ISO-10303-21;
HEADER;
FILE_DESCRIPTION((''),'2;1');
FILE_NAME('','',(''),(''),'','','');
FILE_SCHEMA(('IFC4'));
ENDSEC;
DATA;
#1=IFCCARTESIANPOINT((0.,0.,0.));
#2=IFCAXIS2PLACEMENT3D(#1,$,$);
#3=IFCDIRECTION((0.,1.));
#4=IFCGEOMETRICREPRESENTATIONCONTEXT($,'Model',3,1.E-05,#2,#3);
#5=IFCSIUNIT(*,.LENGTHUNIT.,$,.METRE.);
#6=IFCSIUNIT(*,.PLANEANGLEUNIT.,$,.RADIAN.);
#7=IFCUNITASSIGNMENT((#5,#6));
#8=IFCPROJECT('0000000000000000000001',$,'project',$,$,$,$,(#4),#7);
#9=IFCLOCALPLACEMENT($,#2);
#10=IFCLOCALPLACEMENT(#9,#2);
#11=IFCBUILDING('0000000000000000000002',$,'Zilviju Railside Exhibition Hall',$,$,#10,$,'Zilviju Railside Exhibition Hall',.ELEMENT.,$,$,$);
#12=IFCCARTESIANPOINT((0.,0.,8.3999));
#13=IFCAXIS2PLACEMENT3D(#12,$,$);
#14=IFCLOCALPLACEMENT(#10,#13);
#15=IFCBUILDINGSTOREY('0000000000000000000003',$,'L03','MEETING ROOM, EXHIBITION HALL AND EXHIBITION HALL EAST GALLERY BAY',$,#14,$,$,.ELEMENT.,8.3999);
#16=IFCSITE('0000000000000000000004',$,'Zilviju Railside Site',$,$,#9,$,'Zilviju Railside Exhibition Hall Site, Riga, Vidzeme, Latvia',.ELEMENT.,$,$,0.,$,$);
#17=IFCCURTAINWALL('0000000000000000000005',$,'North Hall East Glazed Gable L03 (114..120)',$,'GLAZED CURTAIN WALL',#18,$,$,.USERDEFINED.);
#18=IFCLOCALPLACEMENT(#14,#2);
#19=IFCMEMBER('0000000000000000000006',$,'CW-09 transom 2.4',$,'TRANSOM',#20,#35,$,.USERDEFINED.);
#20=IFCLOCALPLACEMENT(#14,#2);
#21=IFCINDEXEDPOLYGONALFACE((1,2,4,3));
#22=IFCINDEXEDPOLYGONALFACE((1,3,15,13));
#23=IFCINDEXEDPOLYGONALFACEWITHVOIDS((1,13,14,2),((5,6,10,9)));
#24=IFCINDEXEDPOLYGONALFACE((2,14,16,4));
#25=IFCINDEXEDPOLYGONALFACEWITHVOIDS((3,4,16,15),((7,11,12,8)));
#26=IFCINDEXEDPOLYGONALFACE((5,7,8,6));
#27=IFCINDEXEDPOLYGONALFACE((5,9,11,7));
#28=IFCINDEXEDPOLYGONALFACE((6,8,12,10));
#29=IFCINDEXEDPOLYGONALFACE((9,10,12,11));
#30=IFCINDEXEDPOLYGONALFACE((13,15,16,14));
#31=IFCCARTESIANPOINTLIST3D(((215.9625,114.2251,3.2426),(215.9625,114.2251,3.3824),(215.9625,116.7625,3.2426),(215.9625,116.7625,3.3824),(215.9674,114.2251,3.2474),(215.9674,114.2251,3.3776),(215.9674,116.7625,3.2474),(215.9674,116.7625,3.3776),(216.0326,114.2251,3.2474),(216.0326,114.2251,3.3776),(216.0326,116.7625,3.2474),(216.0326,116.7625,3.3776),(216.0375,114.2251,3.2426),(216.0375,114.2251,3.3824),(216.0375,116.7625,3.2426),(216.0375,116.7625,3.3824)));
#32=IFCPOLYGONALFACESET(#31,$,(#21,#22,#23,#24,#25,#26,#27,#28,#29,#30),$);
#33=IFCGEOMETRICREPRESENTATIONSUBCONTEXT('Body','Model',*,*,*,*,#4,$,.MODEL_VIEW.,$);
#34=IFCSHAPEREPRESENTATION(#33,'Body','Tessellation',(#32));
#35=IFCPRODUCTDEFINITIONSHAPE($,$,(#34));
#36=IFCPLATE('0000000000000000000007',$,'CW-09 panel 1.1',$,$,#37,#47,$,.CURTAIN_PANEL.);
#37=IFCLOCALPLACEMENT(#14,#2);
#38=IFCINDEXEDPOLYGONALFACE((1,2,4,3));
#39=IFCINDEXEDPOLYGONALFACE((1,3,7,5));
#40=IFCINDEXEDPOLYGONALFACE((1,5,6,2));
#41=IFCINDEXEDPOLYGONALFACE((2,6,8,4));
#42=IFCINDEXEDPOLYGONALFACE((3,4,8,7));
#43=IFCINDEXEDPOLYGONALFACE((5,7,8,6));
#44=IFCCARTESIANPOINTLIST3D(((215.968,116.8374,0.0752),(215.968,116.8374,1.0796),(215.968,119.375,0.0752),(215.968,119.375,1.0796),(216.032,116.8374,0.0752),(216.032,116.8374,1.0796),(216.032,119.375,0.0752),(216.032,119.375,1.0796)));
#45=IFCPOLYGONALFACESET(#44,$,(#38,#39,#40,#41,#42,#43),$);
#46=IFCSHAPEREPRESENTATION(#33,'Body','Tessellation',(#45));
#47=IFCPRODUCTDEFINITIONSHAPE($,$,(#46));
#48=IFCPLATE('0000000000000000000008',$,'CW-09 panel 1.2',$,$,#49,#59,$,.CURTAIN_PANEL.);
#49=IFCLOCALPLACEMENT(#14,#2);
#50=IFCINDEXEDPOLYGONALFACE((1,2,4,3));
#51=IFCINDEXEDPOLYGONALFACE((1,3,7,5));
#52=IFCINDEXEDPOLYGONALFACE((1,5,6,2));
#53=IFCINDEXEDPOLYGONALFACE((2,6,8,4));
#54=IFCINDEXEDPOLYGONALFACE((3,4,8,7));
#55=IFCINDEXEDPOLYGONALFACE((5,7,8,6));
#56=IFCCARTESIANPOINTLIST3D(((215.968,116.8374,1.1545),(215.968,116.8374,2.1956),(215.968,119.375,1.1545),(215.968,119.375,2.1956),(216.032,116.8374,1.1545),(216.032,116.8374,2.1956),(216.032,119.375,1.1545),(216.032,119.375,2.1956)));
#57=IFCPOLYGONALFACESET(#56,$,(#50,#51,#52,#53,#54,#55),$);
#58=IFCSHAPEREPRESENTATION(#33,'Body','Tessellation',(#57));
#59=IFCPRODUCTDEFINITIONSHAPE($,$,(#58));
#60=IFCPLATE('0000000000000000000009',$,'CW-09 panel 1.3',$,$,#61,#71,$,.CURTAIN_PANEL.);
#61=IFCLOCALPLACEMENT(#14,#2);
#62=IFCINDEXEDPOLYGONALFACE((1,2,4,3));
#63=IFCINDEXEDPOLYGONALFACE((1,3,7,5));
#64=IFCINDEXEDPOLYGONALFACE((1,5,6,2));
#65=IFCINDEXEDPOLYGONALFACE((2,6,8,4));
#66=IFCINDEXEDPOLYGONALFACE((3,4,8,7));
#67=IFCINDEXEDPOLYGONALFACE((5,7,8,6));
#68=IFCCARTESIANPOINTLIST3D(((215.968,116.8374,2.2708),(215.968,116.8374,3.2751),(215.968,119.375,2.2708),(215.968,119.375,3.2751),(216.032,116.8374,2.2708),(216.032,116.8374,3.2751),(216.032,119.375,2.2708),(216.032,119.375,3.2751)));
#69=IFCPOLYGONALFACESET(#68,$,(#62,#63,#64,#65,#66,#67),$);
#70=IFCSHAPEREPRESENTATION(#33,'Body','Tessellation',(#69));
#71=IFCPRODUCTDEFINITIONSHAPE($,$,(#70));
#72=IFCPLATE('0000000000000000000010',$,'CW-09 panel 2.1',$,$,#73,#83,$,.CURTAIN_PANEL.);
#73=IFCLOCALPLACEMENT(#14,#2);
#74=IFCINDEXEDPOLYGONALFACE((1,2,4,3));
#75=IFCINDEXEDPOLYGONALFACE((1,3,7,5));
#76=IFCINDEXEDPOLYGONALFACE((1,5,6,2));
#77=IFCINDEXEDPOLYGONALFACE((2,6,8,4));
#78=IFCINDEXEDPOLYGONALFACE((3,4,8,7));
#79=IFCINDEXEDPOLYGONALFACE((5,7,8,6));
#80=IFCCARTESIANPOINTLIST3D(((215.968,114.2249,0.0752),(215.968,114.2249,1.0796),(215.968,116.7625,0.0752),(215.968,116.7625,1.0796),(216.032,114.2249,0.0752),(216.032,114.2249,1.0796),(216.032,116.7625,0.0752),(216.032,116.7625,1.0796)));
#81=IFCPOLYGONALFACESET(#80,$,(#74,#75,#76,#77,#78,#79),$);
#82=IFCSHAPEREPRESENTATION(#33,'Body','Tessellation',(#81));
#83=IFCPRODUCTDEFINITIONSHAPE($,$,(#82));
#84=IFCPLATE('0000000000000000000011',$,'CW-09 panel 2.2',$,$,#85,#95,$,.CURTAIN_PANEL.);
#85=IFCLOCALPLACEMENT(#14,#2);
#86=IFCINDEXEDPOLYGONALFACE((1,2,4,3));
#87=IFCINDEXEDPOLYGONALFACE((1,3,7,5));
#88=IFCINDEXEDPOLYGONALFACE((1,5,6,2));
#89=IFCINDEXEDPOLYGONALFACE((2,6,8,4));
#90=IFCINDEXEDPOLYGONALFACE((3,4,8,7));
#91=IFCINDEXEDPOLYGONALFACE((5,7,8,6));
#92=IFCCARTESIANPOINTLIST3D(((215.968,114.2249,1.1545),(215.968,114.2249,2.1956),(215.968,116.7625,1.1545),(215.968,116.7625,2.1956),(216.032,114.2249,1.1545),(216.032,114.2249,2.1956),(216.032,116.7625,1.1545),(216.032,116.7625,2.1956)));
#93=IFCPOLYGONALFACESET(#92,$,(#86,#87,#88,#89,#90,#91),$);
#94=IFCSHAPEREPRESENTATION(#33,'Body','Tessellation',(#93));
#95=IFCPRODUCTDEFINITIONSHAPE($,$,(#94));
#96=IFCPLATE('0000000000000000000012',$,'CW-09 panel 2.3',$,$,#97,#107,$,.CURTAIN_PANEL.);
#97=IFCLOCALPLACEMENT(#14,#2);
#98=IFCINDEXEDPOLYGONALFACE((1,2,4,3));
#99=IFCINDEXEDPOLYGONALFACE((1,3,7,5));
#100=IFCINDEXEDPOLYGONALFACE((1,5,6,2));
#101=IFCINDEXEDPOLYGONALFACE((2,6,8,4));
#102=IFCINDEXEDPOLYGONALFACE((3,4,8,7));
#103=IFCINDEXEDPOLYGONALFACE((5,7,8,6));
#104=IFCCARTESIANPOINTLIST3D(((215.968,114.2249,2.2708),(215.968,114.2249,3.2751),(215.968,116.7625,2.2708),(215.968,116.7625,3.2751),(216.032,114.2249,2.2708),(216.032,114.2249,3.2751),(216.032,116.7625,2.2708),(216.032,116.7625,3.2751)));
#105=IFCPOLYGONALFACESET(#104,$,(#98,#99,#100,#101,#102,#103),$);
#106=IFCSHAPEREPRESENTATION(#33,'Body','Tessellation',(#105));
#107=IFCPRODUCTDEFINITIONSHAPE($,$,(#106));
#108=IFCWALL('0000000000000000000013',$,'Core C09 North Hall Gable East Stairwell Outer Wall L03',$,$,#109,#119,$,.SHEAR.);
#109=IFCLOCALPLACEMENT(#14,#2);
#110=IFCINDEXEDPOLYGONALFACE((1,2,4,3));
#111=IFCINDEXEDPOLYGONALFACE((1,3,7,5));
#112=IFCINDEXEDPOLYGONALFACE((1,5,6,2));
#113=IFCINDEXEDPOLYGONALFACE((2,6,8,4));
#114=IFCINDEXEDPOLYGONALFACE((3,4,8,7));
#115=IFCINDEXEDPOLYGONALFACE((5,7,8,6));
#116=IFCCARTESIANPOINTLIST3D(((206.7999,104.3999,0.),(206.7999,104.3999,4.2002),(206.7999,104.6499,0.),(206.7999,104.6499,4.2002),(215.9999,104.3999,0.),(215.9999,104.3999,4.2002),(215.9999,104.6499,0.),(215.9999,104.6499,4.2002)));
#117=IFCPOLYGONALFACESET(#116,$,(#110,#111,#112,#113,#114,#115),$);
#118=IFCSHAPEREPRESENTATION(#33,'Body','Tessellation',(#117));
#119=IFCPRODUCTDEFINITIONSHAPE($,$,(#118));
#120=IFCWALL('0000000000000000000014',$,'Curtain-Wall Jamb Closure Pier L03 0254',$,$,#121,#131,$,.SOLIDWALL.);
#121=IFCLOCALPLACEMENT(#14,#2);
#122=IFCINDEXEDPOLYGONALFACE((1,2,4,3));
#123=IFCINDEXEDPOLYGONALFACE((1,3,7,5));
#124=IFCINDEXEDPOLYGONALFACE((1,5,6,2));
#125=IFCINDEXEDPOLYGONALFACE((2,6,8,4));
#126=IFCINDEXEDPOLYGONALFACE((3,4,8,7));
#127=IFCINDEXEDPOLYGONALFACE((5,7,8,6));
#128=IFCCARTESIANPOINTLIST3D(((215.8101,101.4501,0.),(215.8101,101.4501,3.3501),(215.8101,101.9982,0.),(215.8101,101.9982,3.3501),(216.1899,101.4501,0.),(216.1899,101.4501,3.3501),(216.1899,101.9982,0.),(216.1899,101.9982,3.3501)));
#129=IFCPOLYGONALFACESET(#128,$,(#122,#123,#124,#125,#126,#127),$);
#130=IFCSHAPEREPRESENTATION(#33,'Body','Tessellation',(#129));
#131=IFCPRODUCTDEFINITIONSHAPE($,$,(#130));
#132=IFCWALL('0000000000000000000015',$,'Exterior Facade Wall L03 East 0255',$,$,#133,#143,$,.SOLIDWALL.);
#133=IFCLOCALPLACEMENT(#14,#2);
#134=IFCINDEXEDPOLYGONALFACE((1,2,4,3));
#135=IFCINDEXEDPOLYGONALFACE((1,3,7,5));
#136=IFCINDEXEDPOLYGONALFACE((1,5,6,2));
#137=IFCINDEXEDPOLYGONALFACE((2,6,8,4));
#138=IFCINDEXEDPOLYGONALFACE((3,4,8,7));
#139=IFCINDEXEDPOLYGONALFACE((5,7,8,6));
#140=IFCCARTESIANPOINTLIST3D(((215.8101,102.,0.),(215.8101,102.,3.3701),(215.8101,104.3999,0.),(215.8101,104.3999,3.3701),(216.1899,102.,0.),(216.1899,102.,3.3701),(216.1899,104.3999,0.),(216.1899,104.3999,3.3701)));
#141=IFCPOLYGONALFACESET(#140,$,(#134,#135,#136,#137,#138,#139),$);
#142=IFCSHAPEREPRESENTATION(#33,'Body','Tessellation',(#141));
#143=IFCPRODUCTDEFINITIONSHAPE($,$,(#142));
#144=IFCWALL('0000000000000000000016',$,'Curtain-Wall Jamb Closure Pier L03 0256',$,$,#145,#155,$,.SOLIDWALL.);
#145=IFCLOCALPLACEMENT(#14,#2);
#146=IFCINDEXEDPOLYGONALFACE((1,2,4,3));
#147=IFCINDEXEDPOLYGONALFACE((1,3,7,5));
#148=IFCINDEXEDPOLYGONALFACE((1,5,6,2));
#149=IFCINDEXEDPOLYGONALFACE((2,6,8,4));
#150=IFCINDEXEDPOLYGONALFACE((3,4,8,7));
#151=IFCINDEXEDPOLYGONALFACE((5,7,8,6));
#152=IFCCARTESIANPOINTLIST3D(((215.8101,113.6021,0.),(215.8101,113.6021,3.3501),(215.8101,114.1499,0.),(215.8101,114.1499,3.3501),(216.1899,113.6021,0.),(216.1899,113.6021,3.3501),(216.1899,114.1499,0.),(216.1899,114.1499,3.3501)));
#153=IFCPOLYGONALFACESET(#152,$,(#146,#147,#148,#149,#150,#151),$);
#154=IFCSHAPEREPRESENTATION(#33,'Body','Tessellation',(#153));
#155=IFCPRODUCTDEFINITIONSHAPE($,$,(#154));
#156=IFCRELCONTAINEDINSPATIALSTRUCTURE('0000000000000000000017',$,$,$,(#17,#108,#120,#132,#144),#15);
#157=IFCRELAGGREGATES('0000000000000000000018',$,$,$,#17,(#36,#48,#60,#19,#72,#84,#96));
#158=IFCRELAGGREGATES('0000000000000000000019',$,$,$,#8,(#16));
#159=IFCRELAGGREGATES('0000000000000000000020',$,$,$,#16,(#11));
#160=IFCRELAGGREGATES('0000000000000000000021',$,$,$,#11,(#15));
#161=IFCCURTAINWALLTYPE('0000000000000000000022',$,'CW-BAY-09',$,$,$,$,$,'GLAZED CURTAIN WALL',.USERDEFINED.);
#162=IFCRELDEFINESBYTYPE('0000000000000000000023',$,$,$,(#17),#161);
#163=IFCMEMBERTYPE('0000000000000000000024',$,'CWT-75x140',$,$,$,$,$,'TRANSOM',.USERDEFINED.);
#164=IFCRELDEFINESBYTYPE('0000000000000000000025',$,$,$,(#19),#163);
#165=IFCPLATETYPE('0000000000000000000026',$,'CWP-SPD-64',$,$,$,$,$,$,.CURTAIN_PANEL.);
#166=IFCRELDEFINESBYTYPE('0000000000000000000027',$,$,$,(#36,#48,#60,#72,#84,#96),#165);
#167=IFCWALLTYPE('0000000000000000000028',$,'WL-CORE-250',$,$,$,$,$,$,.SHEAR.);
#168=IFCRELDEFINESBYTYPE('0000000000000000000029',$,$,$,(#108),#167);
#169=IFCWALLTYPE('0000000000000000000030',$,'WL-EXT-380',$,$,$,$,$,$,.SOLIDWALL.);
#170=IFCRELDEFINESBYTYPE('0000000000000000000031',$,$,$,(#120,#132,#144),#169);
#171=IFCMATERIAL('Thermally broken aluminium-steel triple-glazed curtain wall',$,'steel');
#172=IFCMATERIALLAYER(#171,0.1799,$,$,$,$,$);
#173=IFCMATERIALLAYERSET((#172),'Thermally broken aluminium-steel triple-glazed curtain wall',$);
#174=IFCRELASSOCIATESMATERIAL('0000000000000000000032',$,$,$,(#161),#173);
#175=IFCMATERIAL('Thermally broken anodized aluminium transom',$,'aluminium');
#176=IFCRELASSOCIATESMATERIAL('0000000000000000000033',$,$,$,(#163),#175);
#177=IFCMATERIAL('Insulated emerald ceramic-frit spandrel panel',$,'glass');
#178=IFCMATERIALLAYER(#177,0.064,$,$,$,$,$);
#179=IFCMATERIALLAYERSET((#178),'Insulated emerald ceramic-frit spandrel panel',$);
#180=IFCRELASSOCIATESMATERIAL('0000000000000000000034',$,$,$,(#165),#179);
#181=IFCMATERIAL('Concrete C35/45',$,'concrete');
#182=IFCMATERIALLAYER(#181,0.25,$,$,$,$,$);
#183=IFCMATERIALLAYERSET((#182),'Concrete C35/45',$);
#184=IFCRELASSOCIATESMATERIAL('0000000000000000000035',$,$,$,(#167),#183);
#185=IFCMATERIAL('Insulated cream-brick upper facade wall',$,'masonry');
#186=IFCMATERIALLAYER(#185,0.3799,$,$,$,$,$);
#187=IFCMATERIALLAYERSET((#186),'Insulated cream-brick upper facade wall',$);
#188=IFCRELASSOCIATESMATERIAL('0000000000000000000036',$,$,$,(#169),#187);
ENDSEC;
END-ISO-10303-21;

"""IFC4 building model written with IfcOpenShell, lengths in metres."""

from ifc_helpers import new_model, si_unit, direction, frame, frame_2d, origin, origin_2d, place, context, subcontext, project, spatial, rectangle, hollow_rectangle, extrude, material, layer, layer_set, material_profile, profile_set, type_object, element, aggregate, save


model = new_model("IFC4")

# Units and contexts
model_context = context("Model", 3, precision=1e-05, world=origin(), true_north=direction((0.0, 1.0)))
body_context = subcontext(model_context, "Body", "Model", "MODEL_VIEW")
ifc_project = project(units=[si_unit("LENGTHUNIT", "METRE"), si_unit("PLANEANGLEUNIT", "RADIAN")], contexts=[model_context])

# Site, building, storey
site_placement = place(None, origin())
site = spatial("IfcSite", under=ifc_project, at=site_placement, Name="Zilviju Railside Site", LongName="Zilviju Railside Exhibition Hall Site, Riga, Vidzeme, Latvia", CompositionType="ELEMENT", RefElevation=0.0)
building_placement = place(site_placement, origin())
building = spatial("IfcBuilding", under=site, at=building_placement, Name="Zilviju Railside Exhibition Hall", LongName="Zilviju Railside Exhibition Hall", CompositionType="ELEMENT")
storey_placement = place(building_placement, frame((0.0, 0.0, 8.3999)))
storey = spatial("IfcBuildingStorey", under=building, at=storey_placement, Name="L03", Description="MEETING ROOM, EXHIBITION HALL AND EXHIBITION HALL EAST GALLERY BAY", CompositionType="ELEMENT", Elevation=8.3999)

# Curtain wall
ifc_material_1 = material(Name="Thermally broken aluminium-steel triple-glazed curtain wall", Category="steel")
ifc_layer_1 = layer(ifc_material_1, 0.1799)
ifc_layer_set_1 = layer_set([ifc_layer_1], Name="Thermally broken aluminium-steel triple-glazed curtain wall")
curtain_wall_type_1 = type_object("IfcCurtainWallType", Name="CW-BAY-09", ElementType="GLAZED CURTAIN WALL", PredefinedType="USERDEFINED", material=ifc_layer_set_1)
curtain_wall_1_placement = place(storey_placement, origin())
curtain_wall_1 = element("IfcCurtainWall", 1, at=curtain_wall_1_placement, inside=storey, type_object=curtain_wall_type_1, Name="North Hall East Glazed Gable L03 (114..120)", ObjectType="GLAZED CURTAIN WALL", PredefinedType="USERDEFINED")

# Member
ifc_material_2 = material(Name="Thermally broken anodized aluminium transom", Category="aluminium")
ifc_material_profile_1 = material_profile(ifc_material_2, hollow_rectangle(XDim=0.075, YDim=0.1399, WallThickness=0.0049, at=origin_2d()), Name="TRANSOM 140x75x5")
ifc_profile_set_1 = profile_set([ifc_material_profile_1], Name="Thermally broken anodized aluminium transom")
member_type_1 = type_object("IfcMemberType", Name="CWT-75x140", ElementType="TRANSOM", PredefinedType="USERDEFINED", material=ifc_profile_set_1)
member_1_placement = place(storey_placement, frame((216.0, 116.7625, 3.3125), z_axis=(0.0, -1.0, 0.0), x_axis=(1.0, 0.0, 0.0)))
member_1 = element("IfcMember", 2, at=member_1_placement, type_object=member_type_1, Name="CW-09 transom 2.4", ObjectType="TRANSOM", PredefinedType="USERDEFINED", context=body_context, shape_type="SweptSolid", body=[
    extrude(hollow_rectangle(XDim=0.075, YDim=0.1399, WallThickness=0.0049, at=origin_2d()), origin(), (0.0, 0.0, 1.0), 2.5374),
])

# Plates
ifc_material_3 = material(Name="Insulated emerald ceramic-frit spandrel panel", Category="glass")
ifc_layer_2 = layer(ifc_material_3, 0.064)
ifc_layer_set_2 = layer_set([ifc_layer_2], Name="Insulated emerald ceramic-frit spandrel panel")
plate_type = type_object("IfcPlateType", Name="CWP-SPD-64", PredefinedType="CURTAIN_PANEL", material=ifc_layer_set_2)
plate_1_placement = place(storey_placement, frame((216.0, 118.1062, 0.0752), z_axis=(0.0, 0.0, 1.0), x_axis=(0.0, -1.0, 0.0)))
plate_1 = element("IfcPlate", 3, at=plate_1_placement, type_object=plate_type, Name="CW-09 panel 1.1", PredefinedType="CURTAIN_PANEL", context=body_context, shape_type="SweptSolid", body=[
    extrude(rectangle(XDim=2.5376, YDim=0.064, at=origin_2d()), origin(), (0.0, 0.0, 1.0), 1.0044),
])
plate_2_placement = place(storey_placement, frame((216.0, 118.1062, 1.1545), z_axis=(0.0, 0.0, 1.0), x_axis=(0.0, -1.0, 0.0)))
plate_2 = element("IfcPlate", 4, at=plate_2_placement, type_object=plate_type, Name="CW-09 panel 1.2", PredefinedType="CURTAIN_PANEL", context=body_context, shape_type="SweptSolid", body=[
    extrude(rectangle(XDim=2.5376, YDim=0.064, at=origin_2d()), origin(), (0.0, 0.0, 1.0), 1.041),
])
plate_3_placement = place(storey_placement, frame((216.0, 118.1062, 2.2708), z_axis=(0.0, 0.0, 1.0), x_axis=(0.0, -1.0, 0.0)))
plate_3 = element("IfcPlate", 5, at=plate_3_placement, type_object=plate_type, Name="CW-09 panel 1.3", PredefinedType="CURTAIN_PANEL", context=body_context, shape_type="SweptSolid", body=[
    extrude(rectangle(XDim=2.5376, YDim=0.064, at=origin_2d()), origin(), (0.0, 0.0, 1.0), 1.0044),
])
plate_4_placement = place(storey_placement, frame((216.0, 115.4937, 0.0752), z_axis=(0.0, 0.0, 1.0), x_axis=(0.0, -1.0, 0.0)))
plate_4 = element("IfcPlate", 6, at=plate_4_placement, type_object=plate_type, Name="CW-09 panel 2.1", PredefinedType="CURTAIN_PANEL", context=body_context, shape_type="SweptSolid", body=[
    extrude(rectangle(XDim=2.5376, YDim=0.064, at=origin_2d()), origin(), (0.0, 0.0, 1.0), 1.0044),
])
plate_5_placement = place(storey_placement, frame((216.0, 115.4937, 1.1545), z_axis=(0.0, 0.0, 1.0), x_axis=(0.0, -1.0, 0.0)))
plate_5 = element("IfcPlate", 7, at=plate_5_placement, type_object=plate_type, Name="CW-09 panel 2.2", PredefinedType="CURTAIN_PANEL", context=body_context, shape_type="SweptSolid", body=[
    extrude(rectangle(XDim=2.5376, YDim=0.064, at=origin_2d()), origin(), (0.0, 0.0, 1.0), 1.041),
])
plate_6_placement = place(storey_placement, frame((216.0, 115.4937, 2.2708), z_axis=(0.0, 0.0, 1.0), x_axis=(0.0, -1.0, 0.0)))
plate_6 = element("IfcPlate", 8, at=plate_6_placement, type_object=plate_type, Name="CW-09 panel 2.3", PredefinedType="CURTAIN_PANEL", context=body_context, shape_type="SweptSolid", body=[
    extrude(rectangle(XDim=2.5376, YDim=0.064, at=origin_2d()), origin(), (0.0, 0.0, 1.0), 1.0044),
])
aggregate(curtain_wall_1, [plate_1, plate_2, plate_3, member_1, plate_4, plate_5, plate_6])

# Wall
ifc_material_4 = material(Name="Concrete C35/45", Category="concrete")
ifc_layer_3 = layer(ifc_material_4, 0.25)
ifc_layer_set_3 = layer_set([ifc_layer_3], Name="Concrete C35/45")
wall_type_1 = type_object("IfcWallType", Name="WL-CORE-250", PredefinedType="SHEAR", material=ifc_layer_set_3)
wall_1_placement = place(storey_placement, frame((216.0, 104.5249, 0.0), z_axis=(0.0, 0.0, 1.0), x_axis=(-1.0, 0.0, 0.0)))
element("IfcWall", 9, at=wall_1_placement, inside=storey, type_object=wall_type_1, Name="Core C09 North Hall Gable East Stairwell Outer Wall L03", PredefinedType="SHEAR", context=body_context, shape_type="SweptSolid", body=[
    extrude(rectangle(XDim=9.2, YDim=0.25, at=frame_2d((4.6001, 0.0))), origin(), (0.0, 0.0, 1.0), 4.2002),
])

# Walls
ifc_material_5 = material(Name="Insulated cream-brick upper facade wall", Category="masonry")
ifc_layer_4 = layer(ifc_material_5, 0.3799)
ifc_layer_set_4 = layer_set([ifc_layer_4], Name="Insulated cream-brick upper facade wall")
wall_type_2 = type_object("IfcWallType", Name="WL-EXT-380", PredefinedType="SOLIDWALL", material=ifc_layer_set_4)
wall_2_placement = place(storey_placement, frame((216.0, 101.998, 0.0), z_axis=(0.0, 0.0, 1.0), x_axis=(0.0, -1.0, 0.0)))
element("IfcWall", 10, at=wall_2_placement, inside=storey, type_object=wall_type_2, Name="Curtain-Wall Jamb Closure Pier L03 0254", PredefinedType="SOLIDWALL", context=body_context, shape_type="SweptSolid", body=[
    extrude(rectangle(XDim=0.5481, YDim=0.3799, at=frame_2d((0.2739, 0.0))), origin(), (0.0, 0.0, 1.0), 3.3501),
])
wall_3_placement = place(storey_placement, frame((216.0, 104.3999, 0.0), z_axis=(0.0, 0.0, 1.0), x_axis=(0.0, -1.0, 0.0)))
element("IfcWall", 11, at=wall_3_placement, inside=storey, type_object=wall_type_2, Name="Exterior Facade Wall L03 East 0255", PredefinedType="SOLIDWALL", context=body_context, shape_type="SweptSolid", body=[
    extrude(rectangle(XDim=2.3999, YDim=0.3799, at=frame_2d((1.2, 0.0))), origin(), (0.0, 0.0, 1.0), 3.3701),
])
wall_4_placement = place(storey_placement, frame((216.0, 114.1499, 0.0), z_axis=(0.0, 0.0, 1.0), x_axis=(0.0, -1.0, 0.0)))
element("IfcWall", 12, at=wall_4_placement, inside=storey, type_object=wall_type_2, Name="Curtain-Wall Jamb Closure Pier L03 0256", PredefinedType="SOLIDWALL", context=body_context, shape_type="SweptSolid", body=[
    extrude(rectangle(XDim=0.5479, YDim=0.3799, at=frame_2d((0.2739, 0.0))), origin(), (0.0, 0.0, 1.0), 3.3501),
])

save(model, "model.ifc")
